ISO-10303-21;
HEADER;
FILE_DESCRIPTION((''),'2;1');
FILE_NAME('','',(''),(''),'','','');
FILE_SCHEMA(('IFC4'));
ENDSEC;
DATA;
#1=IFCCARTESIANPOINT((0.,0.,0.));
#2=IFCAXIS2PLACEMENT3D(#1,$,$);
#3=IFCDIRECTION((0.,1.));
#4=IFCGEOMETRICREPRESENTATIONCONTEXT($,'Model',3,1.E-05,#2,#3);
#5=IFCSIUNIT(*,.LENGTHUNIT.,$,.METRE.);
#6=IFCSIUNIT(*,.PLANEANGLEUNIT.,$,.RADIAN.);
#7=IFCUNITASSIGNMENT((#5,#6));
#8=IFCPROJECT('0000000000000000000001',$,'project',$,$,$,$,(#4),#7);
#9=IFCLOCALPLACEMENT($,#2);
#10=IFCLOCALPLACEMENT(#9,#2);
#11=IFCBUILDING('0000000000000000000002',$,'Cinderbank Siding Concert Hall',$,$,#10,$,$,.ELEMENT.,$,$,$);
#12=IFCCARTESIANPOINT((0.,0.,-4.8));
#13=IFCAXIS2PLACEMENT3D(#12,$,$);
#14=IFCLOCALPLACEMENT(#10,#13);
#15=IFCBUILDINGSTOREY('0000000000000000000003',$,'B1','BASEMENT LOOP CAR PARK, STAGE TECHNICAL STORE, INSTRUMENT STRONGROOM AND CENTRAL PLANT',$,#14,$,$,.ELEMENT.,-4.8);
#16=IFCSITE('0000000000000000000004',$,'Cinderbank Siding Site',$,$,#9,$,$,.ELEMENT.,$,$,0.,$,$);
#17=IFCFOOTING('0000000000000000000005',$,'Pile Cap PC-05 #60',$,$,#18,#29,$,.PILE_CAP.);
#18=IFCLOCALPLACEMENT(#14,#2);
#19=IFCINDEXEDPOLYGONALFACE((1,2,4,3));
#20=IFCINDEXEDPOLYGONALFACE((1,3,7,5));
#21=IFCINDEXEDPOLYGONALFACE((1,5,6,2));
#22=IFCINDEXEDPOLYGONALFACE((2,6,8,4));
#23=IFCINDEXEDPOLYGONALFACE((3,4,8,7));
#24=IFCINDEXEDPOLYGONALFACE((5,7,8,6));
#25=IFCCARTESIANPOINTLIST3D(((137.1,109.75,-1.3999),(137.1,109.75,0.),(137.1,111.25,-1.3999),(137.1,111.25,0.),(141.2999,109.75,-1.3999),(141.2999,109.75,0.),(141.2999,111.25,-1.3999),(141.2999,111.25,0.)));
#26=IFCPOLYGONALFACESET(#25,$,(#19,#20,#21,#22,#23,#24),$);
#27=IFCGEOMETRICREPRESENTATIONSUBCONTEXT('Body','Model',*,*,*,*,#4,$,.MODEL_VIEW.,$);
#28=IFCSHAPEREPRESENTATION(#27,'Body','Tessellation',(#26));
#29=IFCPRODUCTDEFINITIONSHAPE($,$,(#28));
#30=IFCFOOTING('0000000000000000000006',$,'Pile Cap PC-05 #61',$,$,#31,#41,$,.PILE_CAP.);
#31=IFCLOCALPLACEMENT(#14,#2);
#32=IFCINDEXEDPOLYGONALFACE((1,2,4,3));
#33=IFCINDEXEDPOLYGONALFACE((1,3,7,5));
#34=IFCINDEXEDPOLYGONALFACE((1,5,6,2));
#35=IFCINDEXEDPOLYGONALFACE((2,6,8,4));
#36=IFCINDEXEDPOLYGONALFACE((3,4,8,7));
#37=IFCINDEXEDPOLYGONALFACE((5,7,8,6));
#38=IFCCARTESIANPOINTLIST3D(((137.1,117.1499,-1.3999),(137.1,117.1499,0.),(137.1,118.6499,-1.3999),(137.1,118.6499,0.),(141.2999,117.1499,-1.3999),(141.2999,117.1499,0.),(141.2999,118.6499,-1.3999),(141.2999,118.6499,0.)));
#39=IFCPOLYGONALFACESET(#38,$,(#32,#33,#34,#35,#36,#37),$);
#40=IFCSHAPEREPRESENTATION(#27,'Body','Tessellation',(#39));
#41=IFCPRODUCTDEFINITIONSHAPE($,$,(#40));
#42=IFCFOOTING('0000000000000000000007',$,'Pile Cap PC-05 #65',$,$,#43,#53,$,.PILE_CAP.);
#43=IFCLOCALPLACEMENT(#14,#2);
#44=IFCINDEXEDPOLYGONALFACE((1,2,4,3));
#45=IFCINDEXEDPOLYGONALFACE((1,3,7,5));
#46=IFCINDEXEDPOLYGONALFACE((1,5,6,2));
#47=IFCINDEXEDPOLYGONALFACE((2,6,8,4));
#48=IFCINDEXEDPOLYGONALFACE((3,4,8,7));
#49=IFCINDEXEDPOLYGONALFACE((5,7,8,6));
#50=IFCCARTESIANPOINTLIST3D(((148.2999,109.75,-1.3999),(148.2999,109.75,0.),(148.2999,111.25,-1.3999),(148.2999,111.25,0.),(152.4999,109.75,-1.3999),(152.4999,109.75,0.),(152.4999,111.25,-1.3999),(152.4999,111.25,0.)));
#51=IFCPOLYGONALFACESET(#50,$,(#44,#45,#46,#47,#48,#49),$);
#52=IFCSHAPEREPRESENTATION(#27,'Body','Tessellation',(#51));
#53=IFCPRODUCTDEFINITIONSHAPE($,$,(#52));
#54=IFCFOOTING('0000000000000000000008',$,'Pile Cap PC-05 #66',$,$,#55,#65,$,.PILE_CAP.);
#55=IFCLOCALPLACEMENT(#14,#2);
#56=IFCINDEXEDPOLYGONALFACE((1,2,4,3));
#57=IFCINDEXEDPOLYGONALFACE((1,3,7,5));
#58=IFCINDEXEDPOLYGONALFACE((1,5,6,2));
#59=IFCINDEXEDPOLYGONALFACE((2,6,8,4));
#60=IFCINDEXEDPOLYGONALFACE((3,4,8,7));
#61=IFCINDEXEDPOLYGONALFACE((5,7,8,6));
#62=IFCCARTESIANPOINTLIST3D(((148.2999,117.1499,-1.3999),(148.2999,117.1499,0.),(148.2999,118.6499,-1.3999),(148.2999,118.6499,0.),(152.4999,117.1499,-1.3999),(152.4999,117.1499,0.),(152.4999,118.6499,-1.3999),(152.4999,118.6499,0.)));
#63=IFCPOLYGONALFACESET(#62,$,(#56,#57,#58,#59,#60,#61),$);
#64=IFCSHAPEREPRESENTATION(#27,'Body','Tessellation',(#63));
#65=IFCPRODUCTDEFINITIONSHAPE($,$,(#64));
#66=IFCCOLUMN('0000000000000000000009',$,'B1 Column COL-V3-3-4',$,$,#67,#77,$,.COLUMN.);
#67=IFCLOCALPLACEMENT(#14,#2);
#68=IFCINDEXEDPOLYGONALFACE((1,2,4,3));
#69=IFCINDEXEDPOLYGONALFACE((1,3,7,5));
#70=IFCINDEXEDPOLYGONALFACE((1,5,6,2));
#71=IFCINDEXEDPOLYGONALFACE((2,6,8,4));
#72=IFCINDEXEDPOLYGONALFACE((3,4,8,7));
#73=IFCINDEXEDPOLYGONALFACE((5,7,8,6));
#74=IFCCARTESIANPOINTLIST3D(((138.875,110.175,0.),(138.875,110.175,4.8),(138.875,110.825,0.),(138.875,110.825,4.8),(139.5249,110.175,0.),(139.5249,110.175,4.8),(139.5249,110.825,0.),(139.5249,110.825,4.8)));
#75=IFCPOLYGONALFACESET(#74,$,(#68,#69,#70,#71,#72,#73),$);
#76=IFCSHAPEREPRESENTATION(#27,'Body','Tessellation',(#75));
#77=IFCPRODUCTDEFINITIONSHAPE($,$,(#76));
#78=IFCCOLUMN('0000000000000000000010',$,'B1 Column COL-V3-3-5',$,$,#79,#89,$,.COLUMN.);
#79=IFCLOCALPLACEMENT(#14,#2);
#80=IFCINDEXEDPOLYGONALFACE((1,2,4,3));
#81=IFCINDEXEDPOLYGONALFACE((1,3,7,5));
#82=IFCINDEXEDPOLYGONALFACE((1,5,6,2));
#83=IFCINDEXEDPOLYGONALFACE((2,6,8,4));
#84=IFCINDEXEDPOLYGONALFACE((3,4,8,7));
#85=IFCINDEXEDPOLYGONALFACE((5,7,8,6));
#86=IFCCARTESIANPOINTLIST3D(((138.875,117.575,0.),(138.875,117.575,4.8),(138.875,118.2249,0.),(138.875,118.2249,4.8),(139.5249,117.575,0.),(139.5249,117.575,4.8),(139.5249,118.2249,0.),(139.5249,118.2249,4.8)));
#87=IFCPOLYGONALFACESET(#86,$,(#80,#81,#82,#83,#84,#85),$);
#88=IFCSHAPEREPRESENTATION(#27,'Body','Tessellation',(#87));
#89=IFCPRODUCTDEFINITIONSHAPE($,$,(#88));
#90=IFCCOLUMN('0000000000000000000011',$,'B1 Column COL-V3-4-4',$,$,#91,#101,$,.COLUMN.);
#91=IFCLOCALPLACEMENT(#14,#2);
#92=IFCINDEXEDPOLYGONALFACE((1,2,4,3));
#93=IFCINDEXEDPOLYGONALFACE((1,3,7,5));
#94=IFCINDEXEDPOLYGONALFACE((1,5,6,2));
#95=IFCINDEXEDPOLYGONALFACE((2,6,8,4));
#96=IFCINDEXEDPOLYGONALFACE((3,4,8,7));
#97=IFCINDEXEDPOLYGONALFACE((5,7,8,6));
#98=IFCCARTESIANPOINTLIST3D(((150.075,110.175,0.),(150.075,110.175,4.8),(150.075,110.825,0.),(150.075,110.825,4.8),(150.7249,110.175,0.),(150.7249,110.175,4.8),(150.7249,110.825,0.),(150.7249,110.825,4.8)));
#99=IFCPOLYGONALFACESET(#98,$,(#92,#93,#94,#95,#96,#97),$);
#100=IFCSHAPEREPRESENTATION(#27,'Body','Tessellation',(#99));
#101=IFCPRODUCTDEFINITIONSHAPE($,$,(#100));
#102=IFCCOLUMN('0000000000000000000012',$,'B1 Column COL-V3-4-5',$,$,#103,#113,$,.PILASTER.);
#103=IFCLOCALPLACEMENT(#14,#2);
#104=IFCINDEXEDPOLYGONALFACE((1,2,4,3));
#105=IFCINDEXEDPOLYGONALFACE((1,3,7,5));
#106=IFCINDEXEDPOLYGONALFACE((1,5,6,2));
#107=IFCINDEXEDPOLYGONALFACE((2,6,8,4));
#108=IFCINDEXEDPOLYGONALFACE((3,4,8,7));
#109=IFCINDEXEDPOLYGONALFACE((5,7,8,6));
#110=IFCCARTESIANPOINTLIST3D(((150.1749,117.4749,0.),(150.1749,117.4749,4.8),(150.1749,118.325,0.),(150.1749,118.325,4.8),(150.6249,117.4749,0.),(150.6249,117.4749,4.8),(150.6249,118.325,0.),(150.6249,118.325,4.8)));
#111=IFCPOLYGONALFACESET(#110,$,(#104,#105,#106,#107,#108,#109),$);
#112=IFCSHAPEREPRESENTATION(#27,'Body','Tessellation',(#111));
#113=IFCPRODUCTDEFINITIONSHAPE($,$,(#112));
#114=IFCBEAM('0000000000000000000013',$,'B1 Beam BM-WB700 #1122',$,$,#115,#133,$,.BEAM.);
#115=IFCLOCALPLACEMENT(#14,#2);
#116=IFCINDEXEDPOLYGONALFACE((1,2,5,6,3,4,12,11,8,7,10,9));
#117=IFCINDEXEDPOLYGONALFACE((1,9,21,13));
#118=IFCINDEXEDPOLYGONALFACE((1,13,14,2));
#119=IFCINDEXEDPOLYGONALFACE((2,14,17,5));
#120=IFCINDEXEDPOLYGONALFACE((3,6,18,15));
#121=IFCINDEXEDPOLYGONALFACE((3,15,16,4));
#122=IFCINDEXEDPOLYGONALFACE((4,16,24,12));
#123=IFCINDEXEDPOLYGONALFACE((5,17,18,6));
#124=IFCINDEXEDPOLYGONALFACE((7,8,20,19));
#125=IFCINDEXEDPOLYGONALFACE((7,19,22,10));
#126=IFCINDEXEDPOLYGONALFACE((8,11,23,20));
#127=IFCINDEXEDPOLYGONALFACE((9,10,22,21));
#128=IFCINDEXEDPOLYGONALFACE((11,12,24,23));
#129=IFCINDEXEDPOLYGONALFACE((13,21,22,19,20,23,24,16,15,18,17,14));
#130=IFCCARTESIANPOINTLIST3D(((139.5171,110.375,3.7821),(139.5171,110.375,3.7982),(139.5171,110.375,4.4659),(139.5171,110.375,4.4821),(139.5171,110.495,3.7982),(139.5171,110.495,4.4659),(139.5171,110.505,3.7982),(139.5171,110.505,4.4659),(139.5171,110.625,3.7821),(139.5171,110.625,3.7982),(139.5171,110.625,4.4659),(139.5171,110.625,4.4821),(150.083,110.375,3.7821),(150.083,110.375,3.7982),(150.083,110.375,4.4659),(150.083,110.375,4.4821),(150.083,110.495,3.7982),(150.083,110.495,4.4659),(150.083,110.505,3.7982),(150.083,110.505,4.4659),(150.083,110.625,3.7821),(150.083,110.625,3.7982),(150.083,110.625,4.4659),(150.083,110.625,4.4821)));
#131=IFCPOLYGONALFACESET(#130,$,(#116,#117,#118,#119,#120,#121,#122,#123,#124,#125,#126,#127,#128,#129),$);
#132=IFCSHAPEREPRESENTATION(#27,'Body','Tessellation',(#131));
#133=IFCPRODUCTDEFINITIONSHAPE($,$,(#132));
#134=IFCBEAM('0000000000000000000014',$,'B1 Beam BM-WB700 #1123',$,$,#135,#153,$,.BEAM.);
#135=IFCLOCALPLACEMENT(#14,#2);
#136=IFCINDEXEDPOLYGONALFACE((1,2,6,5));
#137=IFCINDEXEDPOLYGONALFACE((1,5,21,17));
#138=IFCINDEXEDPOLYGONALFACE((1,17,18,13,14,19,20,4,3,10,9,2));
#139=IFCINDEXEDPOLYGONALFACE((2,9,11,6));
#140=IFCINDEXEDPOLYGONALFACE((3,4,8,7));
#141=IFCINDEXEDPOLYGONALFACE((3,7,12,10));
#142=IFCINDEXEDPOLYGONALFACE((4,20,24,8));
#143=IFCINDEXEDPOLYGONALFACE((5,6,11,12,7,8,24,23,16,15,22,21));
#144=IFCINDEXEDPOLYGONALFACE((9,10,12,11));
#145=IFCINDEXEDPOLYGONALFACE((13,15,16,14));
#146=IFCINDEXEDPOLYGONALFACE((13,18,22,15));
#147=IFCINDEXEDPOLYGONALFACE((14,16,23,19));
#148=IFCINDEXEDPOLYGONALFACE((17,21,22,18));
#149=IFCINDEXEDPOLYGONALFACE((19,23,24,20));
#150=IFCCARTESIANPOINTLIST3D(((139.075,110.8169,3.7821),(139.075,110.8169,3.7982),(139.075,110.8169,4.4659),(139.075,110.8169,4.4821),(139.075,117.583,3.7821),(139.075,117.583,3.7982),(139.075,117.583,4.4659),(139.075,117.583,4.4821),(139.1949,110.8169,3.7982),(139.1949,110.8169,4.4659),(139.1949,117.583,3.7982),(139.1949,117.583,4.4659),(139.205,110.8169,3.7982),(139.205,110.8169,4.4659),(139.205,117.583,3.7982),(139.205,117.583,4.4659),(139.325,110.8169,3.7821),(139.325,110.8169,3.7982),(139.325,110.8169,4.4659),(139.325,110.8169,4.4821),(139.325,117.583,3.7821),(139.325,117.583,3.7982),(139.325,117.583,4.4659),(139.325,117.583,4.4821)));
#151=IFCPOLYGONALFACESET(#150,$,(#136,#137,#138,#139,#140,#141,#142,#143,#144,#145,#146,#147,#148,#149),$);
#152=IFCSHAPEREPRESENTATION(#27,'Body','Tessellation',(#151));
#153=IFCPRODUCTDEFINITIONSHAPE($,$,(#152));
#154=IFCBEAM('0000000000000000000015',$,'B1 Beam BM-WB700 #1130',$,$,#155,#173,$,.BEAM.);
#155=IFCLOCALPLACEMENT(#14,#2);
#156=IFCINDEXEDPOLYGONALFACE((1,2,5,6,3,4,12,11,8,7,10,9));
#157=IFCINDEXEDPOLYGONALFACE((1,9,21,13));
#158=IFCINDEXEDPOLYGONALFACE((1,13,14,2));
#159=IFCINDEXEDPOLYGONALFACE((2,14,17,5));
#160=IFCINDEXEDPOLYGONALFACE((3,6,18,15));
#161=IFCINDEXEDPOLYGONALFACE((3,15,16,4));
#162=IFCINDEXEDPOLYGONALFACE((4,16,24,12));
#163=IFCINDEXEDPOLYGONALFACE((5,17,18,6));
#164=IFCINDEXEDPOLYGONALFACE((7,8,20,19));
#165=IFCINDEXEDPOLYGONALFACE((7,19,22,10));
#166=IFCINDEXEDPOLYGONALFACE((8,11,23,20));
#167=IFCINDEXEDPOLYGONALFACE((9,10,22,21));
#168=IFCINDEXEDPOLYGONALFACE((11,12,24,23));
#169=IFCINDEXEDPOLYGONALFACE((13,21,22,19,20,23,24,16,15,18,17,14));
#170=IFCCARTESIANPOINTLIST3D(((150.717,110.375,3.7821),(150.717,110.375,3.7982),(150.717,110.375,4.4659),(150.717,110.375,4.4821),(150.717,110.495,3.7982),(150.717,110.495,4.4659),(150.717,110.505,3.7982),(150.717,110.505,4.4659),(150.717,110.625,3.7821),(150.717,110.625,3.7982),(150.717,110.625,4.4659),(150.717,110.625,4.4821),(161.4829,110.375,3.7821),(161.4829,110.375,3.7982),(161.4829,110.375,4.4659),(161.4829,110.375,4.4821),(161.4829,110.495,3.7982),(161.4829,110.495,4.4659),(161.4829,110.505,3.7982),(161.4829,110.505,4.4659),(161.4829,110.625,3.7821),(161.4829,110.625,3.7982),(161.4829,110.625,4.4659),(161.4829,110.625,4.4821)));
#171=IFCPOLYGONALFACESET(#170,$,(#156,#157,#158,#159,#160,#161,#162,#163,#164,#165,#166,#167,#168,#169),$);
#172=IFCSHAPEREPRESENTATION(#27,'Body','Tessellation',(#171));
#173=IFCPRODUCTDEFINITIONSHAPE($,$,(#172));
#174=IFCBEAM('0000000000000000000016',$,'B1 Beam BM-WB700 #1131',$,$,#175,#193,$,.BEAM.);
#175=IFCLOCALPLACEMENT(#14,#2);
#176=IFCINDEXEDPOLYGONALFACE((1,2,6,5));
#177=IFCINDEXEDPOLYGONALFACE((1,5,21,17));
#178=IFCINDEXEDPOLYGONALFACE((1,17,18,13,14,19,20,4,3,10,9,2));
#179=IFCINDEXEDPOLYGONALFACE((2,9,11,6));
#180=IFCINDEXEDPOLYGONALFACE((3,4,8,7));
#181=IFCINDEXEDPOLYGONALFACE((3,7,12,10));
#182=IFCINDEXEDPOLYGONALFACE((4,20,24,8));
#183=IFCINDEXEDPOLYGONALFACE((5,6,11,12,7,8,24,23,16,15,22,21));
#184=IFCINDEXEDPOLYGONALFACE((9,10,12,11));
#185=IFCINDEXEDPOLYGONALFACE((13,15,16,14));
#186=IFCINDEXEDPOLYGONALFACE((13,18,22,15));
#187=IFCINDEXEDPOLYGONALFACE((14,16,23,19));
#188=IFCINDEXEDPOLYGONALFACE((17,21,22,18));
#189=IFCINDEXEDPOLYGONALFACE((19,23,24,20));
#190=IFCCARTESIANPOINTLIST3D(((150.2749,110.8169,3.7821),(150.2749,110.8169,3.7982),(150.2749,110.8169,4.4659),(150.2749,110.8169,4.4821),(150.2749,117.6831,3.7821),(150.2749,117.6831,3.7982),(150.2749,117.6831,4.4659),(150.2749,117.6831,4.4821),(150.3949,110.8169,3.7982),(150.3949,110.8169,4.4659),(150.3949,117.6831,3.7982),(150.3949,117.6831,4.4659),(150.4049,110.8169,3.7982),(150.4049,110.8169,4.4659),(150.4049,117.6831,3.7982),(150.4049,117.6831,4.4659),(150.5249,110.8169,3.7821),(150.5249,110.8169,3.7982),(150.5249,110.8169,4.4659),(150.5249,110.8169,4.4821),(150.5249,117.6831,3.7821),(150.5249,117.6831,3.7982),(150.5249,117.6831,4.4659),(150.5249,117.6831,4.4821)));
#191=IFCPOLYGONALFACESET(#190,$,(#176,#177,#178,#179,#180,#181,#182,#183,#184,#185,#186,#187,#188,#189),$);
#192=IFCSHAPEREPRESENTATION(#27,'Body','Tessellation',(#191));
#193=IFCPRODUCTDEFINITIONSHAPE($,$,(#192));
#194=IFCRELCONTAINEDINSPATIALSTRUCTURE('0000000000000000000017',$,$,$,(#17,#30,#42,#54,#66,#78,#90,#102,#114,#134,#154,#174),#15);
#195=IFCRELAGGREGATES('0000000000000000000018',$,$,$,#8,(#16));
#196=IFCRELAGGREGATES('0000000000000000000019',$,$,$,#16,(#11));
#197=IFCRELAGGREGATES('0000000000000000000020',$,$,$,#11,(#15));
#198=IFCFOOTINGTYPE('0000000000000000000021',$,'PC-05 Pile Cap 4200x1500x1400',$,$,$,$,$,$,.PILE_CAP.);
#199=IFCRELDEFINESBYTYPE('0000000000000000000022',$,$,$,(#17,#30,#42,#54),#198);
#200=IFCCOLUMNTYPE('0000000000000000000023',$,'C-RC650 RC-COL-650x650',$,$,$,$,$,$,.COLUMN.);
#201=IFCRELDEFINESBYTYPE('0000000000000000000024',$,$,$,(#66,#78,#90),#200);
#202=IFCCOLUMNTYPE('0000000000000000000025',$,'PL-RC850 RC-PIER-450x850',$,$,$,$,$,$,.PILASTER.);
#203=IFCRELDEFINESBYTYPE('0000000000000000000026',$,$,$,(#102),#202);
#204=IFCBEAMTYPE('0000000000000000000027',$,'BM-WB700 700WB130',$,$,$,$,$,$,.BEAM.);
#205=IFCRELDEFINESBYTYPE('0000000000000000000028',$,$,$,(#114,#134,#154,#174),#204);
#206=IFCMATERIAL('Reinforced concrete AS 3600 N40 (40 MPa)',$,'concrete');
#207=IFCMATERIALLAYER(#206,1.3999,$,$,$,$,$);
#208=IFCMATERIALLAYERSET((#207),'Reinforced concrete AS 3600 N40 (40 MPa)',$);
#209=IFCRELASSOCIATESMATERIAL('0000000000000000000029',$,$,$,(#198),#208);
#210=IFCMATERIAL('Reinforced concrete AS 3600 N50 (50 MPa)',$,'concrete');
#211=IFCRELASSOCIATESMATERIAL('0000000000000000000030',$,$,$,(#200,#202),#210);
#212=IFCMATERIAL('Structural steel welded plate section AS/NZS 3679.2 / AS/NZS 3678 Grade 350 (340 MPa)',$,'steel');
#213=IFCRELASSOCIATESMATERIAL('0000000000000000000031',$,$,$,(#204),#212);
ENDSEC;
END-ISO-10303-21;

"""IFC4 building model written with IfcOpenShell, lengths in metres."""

from ifc_helpers import new_model, si_unit, direction, frame, origin, origin_2d, place, context, subcontext, project, spatial, rectangle, i_section, extrude, material, layer, layer_set, material_profile, profile_set, type_object, element, save


model = new_model("IFC4")

# Units and contexts
model_context = context("Model", 3, precision=1e-05, world=origin(), true_north=direction((0.0, 1.0)))
body_context = subcontext(model_context, "Body", "Model", "MODEL_VIEW")
ifc_project = project(units=[si_unit("LENGTHUNIT", "METRE"), si_unit("PLANEANGLEUNIT", "RADIAN")], contexts=[model_context])

# Site, building, storey
site_placement = place(None, origin())
site = spatial("IfcSite", under=ifc_project, at=site_placement, Name="Cinderbank Siding Site", CompositionType="ELEMENT", RefElevation=0.0)
building_placement = place(site_placement, origin())
building = spatial("IfcBuilding", under=site, at=building_placement, Name="Cinderbank Siding Concert Hall", CompositionType="ELEMENT")
storey_placement = place(building_placement, frame((0.0, 0.0, -4.8)))
storey = spatial("IfcBuildingStorey", under=building, at=storey_placement, Name="B1", Description="BASEMENT LOOP CAR PARK, STAGE TECHNICAL STORE, INSTRUMENT STRONGROOM AND CENTRAL PLANT", CompositionType="ELEMENT", Elevation=-4.8)

# Shared definitions
ifc_material_1 = material(Name="Reinforced concrete AS 3600 N40 (40 MPa)", Category="concrete")

# Footings
ifc_layer_1 = layer(ifc_material_1, 1.3999)
ifc_layer_set_1 = layer_set([ifc_layer_1], Name="Reinforced concrete AS 3600 N40 (40 MPa)")
footing_type_1 = type_object("IfcFootingType", Name="PC-05 Pile Cap 4200x1500x1400", PredefinedType="PILE_CAP", material=ifc_layer_set_1)
for number, where, z_axis, x_axis, name in (
    (1, (139.2, 110.5, -1.3999), (0.0, 0.0, 1.0), (1.0, 0.0, 0.0), "Pile Cap PC-05 #60"),
    (2, (139.2, 117.8999, -1.3999), (0.0, 0.0, 1.0), (1.0, 0.0, 0.0), "Pile Cap PC-05 #61"),
    (3, (150.3999, 110.5, -1.3999), (0.0, 0.0, 1.0), (1.0, 0.0, 0.0), "Pile Cap PC-05 #65"),
    (4, (150.3999, 117.8999, -1.3999), (0.0, 0.0, 1.0), (1.0, 0.0, 0.0), "Pile Cap PC-05 #66"),
):
    element("IfcFooting", number, at=place(storey_placement, frame(where, z_axis=z_axis, x_axis=x_axis)), inside=storey, type_object=footing_type_1, Name=name, PredefinedType="PILE_CAP", context=body_context, shape_type="SweptSolid", body=[
        extrude(rectangle(XDim=4.2, YDim=1.5, at=origin_2d()), origin(), (0.0, 0.0, 1.0), 1.3999),
    ])

# Columns
ifc_material_2 = material(Name="Reinforced concrete AS 3600 N50 (50 MPa)", Category="concrete")
ifc_material_profile_1 = material_profile(ifc_material_2, rectangle(XDim=0.6499, YDim=0.6499, at=origin_2d()), Name="RC-COL-650x650", Category="LoadBearing")
ifc_profile_set_1 = profile_set([ifc_material_profile_1], Name="Reinforced concrete AS 3600 N50 (50 MPa)")
column_type_1 = type_object("IfcColumnType", Name="C-RC650 RC-COL-650x650", PredefinedType="COLUMN", material=ifc_profile_set_1)
for number, where, z_axis, x_axis, name in (
    (5, (139.2, 110.5, 0.0), (0.0, 0.0, 1.0), (1.0, 0.0, 0.0), "B1 Column COL-V3-3-4"),
    (6, (139.2, 117.8999, 0.0), (0.0, 0.0, 1.0), (1.0, 0.0, 0.0), "B1 Column COL-V3-3-5"),
    (7, (150.3999, 110.5, 0.0), (0.0, 0.0, 1.0), (1.0, 0.0, 0.0), "B1 Column COL-V3-4-4"),
):
    element("IfcColumn", number, at=place(storey_placement, frame(where, z_axis=z_axis, x_axis=x_axis)), inside=storey, type_object=column_type_1, Name=name, PredefinedType="COLUMN", context=body_context, shape_type="SweptSolid", body=[
        extrude(rectangle(XDim=0.6499, YDim=0.6499, at=origin_2d()), origin(), (0.0, 0.0, 1.0), 4.8),
    ])
ifc_material_profile_2 = material_profile(ifc_material_2, rectangle(XDim=0.45, YDim=0.8501, at=origin_2d()), Name="RC-PIER-450x850", Category="LoadBearing")
ifc_profile_set_2 = profile_set([ifc_material_profile_2], Name="Reinforced concrete AS 3600 N50 (50 MPa)")
column_type_2 = type_object("IfcColumnType", Name="PL-RC850 RC-PIER-450x850", PredefinedType="PILASTER", material=ifc_profile_set_2)
column_placement = place(storey_placement, frame((150.3999, 117.8999, 0.0), z_axis=(0.0, 0.0, 1.0), x_axis=(1.0, 0.0, 0.0)))
element("IfcColumn", 8, at=column_placement, inside=storey, type_object=column_type_2, Name="B1 Column COL-V3-4-5", PredefinedType="PILASTER", context=body_context, shape_type="SweptSolid", body=[
    extrude(rectangle(XDim=0.45, YDim=0.8501, at=origin_2d()), origin(), (0.0, 0.0, 1.0), 4.8),
])

# Beams
ifc_material_3 = material(Name="Structural steel welded plate section AS/NZS 3679.2 / AS/NZS 3678 Grade 350 (340 MPa)", Category="steel")
ifc_material_profile_3 = material_profile(ifc_material_3, i_section(OverallWidth=0.25, OverallDepth=0.7, WebThickness=0.01, FlangeThickness=0.0161, at=origin_2d()), Name="700WB130", Category="LoadBearing")
ifc_profile_set_3 = profile_set([ifc_material_profile_3], Name="Structural steel welded plate section AS/NZS 3679.2 / AS/NZS 3678 Grade 350 (340 MPa)")
beam_type_1 = type_object("IfcBeamType", Name="BM-WB700 700WB130", PredefinedType="BEAM", material=ifc_profile_set_3)
beam_1_placement = place(storey_placement, frame((139.5171, 110.5, 4.1321), z_axis=(1.0, 0.0, 0.0), x_axis=(0.0, 1.0, 0.0)))
element("IfcBeam", 9, at=beam_1_placement, inside=storey, type_object=beam_type_1, Name="B1 Beam BM-WB700 #1122", PredefinedType="BEAM", context=body_context, shape_type="SweptSolid", body=[
    extrude(i_section(OverallWidth=0.25, OverallDepth=0.7, WebThickness=0.01, FlangeThickness=0.0161, at=origin_2d()), origin(), (0.0, 0.0, 1.0), 10.5659),
])
beam_2_placement = place(storey_placement, frame((139.2, 110.8169, 4.1321), z_axis=(0.0, 1.0, 0.0), x_axis=(-1.0, 0.0, 0.0)))
element("IfcBeam", 10, at=beam_2_placement, inside=storey, type_object=beam_type_1, Name="B1 Beam BM-WB700 #1123", PredefinedType="BEAM", context=body_context, shape_type="SweptSolid", body=[
    extrude(i_section(OverallWidth=0.25, OverallDepth=0.7, WebThickness=0.01, FlangeThickness=0.0161, at=origin_2d()), origin(), (0.0, 0.0, 1.0), 6.7661),
])
beam_3_placement = place(storey_placement, frame((150.717, 110.5, 4.1321), z_axis=(1.0, 0.0, 0.0), x_axis=(0.0, 1.0, 0.0)))
element("IfcBeam", 11, at=beam_3_placement, inside=storey, type_object=beam_type_1, Name="B1 Beam BM-WB700 #1130", PredefinedType="BEAM", context=body_context, shape_type="SweptSolid", body=[
    extrude(i_section(OverallWidth=0.25, OverallDepth=0.7, WebThickness=0.01, FlangeThickness=0.0161, at=origin_2d()), origin(), (0.0, 0.0, 1.0), 10.7659),
])
beam_4_placement = place(storey_placement, frame((150.3999, 110.8169, 4.1321), z_axis=(0.0, 1.0, 0.0), x_axis=(-1.0, 0.0, 0.0)))
element("IfcBeam", 12, at=beam_4_placement, inside=storey, type_object=beam_type_1, Name="B1 Beam BM-WB700 #1131", PredefinedType="BEAM", context=body_context, shape_type="SweptSolid", body=[
    extrude(i_section(OverallWidth=0.25, OverallDepth=0.7, WebThickness=0.01, FlangeThickness=0.0161, at=origin_2d()), origin(), (0.0, 0.0, 1.0), 6.8662),
])

save(model, "model.ifc")
